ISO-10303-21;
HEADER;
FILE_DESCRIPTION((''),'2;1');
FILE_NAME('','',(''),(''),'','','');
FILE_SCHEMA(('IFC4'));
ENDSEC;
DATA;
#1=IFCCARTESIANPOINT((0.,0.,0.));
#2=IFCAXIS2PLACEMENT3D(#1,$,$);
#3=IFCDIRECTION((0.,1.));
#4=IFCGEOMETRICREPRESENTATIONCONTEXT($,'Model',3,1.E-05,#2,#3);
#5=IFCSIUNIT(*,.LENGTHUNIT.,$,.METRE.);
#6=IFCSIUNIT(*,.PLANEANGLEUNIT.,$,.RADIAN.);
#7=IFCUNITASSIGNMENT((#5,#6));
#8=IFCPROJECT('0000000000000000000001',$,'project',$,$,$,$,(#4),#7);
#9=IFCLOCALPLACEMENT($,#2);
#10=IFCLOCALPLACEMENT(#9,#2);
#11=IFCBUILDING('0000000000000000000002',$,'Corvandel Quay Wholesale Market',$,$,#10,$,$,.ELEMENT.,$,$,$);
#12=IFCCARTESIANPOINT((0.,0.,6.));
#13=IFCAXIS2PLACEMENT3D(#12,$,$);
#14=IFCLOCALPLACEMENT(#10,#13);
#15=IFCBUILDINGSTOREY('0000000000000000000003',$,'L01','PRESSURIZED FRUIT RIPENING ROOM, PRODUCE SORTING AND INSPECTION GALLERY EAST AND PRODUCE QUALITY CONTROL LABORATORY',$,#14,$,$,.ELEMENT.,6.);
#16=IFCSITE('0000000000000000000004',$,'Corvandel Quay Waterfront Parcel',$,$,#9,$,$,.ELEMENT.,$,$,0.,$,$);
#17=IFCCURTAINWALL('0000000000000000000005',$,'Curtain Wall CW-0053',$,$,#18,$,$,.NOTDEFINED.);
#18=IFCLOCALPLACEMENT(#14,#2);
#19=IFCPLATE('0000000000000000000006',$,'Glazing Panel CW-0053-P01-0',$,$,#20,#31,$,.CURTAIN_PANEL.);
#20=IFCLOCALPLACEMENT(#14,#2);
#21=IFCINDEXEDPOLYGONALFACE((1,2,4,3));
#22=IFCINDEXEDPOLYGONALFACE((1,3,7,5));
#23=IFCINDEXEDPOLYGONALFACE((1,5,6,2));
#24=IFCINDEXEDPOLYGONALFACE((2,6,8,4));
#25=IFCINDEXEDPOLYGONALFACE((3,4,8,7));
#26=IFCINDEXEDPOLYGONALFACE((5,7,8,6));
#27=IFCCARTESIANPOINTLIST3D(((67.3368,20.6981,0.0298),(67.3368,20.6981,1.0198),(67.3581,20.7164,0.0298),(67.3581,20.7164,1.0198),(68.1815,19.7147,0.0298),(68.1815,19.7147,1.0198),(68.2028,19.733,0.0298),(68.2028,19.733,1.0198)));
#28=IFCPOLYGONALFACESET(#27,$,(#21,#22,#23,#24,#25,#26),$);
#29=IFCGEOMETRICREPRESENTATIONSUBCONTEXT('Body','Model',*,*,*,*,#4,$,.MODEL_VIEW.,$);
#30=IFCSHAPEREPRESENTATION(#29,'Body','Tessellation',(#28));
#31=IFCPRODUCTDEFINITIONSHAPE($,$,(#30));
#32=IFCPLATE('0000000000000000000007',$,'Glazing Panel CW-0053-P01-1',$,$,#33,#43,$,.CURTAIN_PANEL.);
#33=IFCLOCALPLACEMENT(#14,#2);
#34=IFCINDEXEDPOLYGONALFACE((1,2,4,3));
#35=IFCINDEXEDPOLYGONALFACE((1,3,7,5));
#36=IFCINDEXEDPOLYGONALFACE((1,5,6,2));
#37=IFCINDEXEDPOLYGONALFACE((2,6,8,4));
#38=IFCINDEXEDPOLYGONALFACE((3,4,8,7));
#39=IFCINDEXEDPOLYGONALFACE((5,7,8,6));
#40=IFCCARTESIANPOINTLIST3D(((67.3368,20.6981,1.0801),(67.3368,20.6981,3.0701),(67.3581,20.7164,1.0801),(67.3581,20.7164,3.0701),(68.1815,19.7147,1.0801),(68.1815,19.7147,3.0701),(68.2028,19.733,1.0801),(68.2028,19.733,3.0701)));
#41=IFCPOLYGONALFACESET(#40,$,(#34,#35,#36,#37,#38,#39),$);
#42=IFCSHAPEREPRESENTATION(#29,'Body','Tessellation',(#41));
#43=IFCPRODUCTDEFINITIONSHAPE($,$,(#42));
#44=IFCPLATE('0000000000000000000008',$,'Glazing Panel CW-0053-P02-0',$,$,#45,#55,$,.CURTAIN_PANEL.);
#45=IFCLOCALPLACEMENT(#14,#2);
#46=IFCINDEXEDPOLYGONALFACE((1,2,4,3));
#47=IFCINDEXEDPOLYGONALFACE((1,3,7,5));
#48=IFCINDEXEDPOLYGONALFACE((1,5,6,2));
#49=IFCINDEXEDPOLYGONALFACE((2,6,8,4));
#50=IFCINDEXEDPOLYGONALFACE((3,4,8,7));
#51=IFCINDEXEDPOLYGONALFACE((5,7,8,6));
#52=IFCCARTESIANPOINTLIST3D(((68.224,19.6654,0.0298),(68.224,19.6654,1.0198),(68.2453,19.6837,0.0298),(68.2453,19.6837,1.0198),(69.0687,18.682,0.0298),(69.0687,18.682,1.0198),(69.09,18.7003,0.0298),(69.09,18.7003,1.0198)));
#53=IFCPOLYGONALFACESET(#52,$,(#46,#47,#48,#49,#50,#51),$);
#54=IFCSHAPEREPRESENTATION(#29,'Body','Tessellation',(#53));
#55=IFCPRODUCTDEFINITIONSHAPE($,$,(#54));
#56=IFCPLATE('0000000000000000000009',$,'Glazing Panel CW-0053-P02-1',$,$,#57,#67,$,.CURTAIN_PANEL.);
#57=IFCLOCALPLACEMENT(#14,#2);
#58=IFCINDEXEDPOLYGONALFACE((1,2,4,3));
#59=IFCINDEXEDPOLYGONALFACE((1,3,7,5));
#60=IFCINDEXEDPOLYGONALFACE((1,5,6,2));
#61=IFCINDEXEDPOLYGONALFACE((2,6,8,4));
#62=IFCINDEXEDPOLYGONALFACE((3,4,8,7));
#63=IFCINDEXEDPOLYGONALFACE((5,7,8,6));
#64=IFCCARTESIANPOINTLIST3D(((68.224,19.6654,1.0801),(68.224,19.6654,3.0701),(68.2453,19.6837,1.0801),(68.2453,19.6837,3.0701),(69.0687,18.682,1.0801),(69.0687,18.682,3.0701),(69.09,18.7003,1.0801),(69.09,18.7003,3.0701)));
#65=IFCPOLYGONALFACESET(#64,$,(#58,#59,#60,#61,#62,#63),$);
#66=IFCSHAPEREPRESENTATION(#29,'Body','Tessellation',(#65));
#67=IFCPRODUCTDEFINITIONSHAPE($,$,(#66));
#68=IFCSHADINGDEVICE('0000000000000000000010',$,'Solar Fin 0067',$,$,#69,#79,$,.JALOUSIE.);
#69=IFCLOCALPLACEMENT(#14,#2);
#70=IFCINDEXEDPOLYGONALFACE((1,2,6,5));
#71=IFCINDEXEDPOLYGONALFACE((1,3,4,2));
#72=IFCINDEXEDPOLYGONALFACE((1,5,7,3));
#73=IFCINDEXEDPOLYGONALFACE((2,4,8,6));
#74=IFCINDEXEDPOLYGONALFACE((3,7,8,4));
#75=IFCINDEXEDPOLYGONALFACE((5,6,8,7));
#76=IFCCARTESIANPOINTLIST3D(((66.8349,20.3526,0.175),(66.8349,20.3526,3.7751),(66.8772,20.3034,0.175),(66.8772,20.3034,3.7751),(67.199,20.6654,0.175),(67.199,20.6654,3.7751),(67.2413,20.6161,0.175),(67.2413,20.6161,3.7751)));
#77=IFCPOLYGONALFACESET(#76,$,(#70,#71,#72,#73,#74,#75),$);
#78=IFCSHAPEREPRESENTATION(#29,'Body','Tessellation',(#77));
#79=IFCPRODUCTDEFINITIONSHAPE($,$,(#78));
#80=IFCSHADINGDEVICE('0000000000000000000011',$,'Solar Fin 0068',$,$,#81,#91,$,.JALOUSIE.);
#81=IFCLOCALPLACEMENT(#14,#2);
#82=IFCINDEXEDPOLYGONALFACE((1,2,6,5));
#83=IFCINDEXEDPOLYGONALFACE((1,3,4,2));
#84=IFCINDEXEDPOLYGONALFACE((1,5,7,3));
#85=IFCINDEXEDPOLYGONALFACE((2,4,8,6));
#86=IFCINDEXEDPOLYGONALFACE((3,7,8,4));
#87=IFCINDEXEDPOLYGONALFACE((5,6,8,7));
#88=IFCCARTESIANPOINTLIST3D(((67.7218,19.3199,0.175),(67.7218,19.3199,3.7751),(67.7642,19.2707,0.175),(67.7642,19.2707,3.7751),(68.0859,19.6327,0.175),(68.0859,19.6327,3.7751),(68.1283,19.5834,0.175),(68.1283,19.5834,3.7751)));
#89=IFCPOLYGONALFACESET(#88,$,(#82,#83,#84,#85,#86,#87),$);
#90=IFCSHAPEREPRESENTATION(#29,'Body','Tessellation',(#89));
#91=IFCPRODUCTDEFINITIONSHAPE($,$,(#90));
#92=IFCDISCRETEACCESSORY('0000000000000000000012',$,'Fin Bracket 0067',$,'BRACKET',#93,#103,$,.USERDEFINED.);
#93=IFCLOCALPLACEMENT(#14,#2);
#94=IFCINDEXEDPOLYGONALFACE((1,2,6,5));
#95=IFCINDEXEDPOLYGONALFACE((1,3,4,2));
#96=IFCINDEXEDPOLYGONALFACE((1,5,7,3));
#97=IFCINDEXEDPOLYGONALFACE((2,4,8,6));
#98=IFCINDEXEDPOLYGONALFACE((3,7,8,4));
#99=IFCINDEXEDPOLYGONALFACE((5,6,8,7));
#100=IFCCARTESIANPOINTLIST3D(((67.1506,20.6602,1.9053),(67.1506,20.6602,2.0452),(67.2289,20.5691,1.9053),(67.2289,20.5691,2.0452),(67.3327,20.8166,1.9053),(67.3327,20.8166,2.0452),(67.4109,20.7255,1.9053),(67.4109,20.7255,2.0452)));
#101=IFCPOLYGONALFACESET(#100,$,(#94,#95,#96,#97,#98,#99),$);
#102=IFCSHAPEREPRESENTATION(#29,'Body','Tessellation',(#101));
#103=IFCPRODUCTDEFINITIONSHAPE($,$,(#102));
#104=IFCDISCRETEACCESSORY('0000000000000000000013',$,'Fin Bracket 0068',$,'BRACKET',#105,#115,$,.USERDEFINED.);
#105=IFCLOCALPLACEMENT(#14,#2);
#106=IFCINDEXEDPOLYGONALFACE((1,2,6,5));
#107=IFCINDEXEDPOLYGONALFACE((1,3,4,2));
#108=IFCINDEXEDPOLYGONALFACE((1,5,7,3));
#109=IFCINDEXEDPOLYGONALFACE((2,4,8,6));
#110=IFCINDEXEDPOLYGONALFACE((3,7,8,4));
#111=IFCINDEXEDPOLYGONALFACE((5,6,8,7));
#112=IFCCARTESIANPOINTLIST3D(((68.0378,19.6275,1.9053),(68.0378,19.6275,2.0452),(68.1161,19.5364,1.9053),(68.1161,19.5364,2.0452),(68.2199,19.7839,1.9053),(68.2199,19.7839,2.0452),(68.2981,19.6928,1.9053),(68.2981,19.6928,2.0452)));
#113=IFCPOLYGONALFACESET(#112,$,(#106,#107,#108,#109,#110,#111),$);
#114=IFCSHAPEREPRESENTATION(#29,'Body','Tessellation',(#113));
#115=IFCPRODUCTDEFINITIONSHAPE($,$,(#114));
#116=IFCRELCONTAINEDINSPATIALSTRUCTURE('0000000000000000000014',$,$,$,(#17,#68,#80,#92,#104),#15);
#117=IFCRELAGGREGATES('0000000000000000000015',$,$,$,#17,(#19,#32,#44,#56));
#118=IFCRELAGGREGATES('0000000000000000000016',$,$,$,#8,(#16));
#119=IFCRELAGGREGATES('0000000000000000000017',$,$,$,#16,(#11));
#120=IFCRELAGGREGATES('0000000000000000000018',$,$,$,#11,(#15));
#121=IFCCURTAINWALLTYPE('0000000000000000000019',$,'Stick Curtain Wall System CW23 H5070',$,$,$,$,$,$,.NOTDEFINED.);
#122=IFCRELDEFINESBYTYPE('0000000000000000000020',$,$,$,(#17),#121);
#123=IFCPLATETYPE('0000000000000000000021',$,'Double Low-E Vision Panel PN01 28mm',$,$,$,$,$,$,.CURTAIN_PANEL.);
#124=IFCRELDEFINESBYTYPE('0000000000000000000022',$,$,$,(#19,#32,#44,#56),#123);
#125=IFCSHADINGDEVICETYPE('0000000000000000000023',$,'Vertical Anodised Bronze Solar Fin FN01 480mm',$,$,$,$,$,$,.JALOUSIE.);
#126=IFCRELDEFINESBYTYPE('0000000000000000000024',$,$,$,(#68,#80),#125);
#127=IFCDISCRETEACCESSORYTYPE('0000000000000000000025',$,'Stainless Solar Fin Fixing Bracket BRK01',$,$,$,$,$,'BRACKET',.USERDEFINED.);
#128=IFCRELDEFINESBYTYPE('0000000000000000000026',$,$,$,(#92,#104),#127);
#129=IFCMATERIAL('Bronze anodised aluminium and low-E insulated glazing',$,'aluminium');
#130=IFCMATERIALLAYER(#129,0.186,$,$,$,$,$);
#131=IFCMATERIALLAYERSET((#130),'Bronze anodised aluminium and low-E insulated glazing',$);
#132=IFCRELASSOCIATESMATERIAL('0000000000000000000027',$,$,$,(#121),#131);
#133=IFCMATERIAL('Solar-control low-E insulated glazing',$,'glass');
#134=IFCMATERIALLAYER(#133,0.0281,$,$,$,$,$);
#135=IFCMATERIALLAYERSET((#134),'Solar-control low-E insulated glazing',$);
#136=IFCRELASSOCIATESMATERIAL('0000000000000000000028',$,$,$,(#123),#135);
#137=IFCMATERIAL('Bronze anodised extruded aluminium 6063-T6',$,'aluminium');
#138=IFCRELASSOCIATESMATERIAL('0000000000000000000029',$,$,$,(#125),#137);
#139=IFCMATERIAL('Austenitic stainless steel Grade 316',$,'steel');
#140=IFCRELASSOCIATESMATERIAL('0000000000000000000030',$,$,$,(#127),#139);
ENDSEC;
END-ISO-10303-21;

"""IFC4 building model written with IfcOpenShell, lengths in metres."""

from ifc_helpers import new_model, si_unit, direction, frame, origin, origin_2d, place, context, subcontext, project, spatial, rectangle, extrude, material, layer, layer_set, type_object, element, aggregate, save


model = new_model("IFC4")

# Units and contexts
model_context = context("Model", 3, precision=1e-05, world=origin(), true_north=direction((0.0, 1.0)))
body_context = subcontext(model_context, "Body", "Model", "MODEL_VIEW")
ifc_project = project(units=[si_unit("LENGTHUNIT", "METRE"), si_unit("PLANEANGLEUNIT", "RADIAN")], contexts=[model_context])

# Site, building, storey
site_placement = place(None, origin())
site = spatial("IfcSite", under=ifc_project, at=site_placement, Name="Corvandel Quay Waterfront Parcel", CompositionType="ELEMENT", RefElevation=0.0)
building_placement = place(site_placement, origin())
building = spatial("IfcBuilding", under=site, at=building_placement, Name="Corvandel Quay Wholesale Market", CompositionType="ELEMENT")
storey_placement = place(building_placement, frame((0.0, 0.0, 6.0)))
storey = spatial("IfcBuildingStorey", under=building, at=storey_placement, Name="L01", Description="PRESSURIZED FRUIT RIPENING ROOM, PRODUCE SORTING AND INSPECTION GALLERY EAST AND PRODUCE QUALITY CONTROL LABORATORY", CompositionType="ELEMENT", Elevation=6.0)

# Curtain wall, plates
ifc_material_1 = material(Name="Bronze anodised aluminium and low-E insulated glazing", Category="aluminium")
ifc_layer_1 = layer(ifc_material_1, 0.186)
ifc_layer_set_1 = layer_set([ifc_layer_1], Name="Bronze anodised aluminium and low-E insulated glazing")
curtain_wall_type = type_object("IfcCurtainWallType", Name="Stick Curtain Wall System CW23 H5070", PredefinedType="NOTDEFINED", material=ifc_layer_set_1)
curtain_wall_placement = place(storey_placement, origin())
curtain_wall = element("IfcCurtainWall", 1, at=curtain_wall_placement, inside=storey, type_object=curtain_wall_type, Name="Curtain Wall CW-0053", PredefinedType="NOTDEFINED")
ifc_material_2 = material(Name="Solar-control low-E insulated glazing", Category="glass")
ifc_layer_2 = layer(ifc_material_2, 0.0281)
ifc_layer_set_2 = layer_set([ifc_layer_2], Name="Solar-control low-E insulated glazing")
plate_type_1 = type_object("IfcPlateType", Name="Double Low-E Vision Panel PN01 28mm", PredefinedType="CURTAIN_PANEL", material=ifc_layer_set_2)
plate_1_placement = place(storey_placement, frame((67.7698, 20.2156, 0.0298), z_axis=(0.0, 0.0, 1.0), x_axis=(-0.651569, 0.758589, 0.0)))
plate_1 = element("IfcPlate", 2, at=plate_1_placement, type_object=plate_type_1, Name="Glazing Panel CW-0053-P01-0", PredefinedType="CURTAIN_PANEL", context=body_context, shape_type="SweptSolid", body=[
    extrude(rectangle(XDim=1.2964, YDim=0.0281, at=origin_2d()), origin(), (0.0, 0.0, 1.0), 0.99),
])
plate_2_placement = place(storey_placement, frame((67.7698, 20.2156, 1.0801), z_axis=(0.0, 0.0, 1.0), x_axis=(-0.651569, 0.758589, 0.0)))
plate_2 = element("IfcPlate", 3, at=plate_2_placement, type_object=plate_type_1, Name="Glazing Panel CW-0053-P01-1", PredefinedType="CURTAIN_PANEL", context=body_context, shape_type="SweptSolid", body=[
    extrude(rectangle(XDim=1.2964, YDim=0.0281, at=origin_2d()), origin(), (0.0, 0.0, 1.0), 1.99),
])
plate_3_placement = place(storey_placement, frame((68.657, 19.1829, 0.0298), z_axis=(0.0, 0.0, 1.0), x_axis=(-0.651569, 0.758589, 0.0)))
plate_3 = element("IfcPlate", 4, at=plate_3_placement, type_object=plate_type_1, Name="Glazing Panel CW-0053-P02-0", PredefinedType="CURTAIN_PANEL", context=body_context, shape_type="SweptSolid", body=[
    extrude(rectangle(XDim=1.2964, YDim=0.0281, at=origin_2d()), origin(), (0.0, 0.0, 1.0), 0.99),
])
plate_4_placement = place(storey_placement, frame((68.657, 19.1829, 1.0801), z_axis=(0.0, 0.0, 1.0), x_axis=(-0.651569, 0.758589, 0.0)))
plate_4 = element("IfcPlate", 5, at=plate_4_placement, type_object=plate_type_1, Name="Glazing Panel CW-0053-P02-1", PredefinedType="CURTAIN_PANEL", context=body_context, shape_type="SweptSolid", body=[
    extrude(rectangle(XDim=1.2964, YDim=0.0281, at=origin_2d()), origin(), (0.0, 0.0, 1.0), 1.99),
])
aggregate(curtain_wall, [plate_1, plate_2, plate_3, plate_4])

# Shading devices
ifc_material_3 = material(Name="Bronze anodised extruded aluminium 6063-T6", Category="aluminium")
shading_device_type = type_object("IfcShadingDeviceType", Name="Vertical Anodised Bronze Solar Fin FN01 480mm", PredefinedType="JALOUSIE", material=ifc_material_3)
for number, where, z_axis, x_axis, name in (
    (6, (67.0381, 20.4844, 0.175), (0.0, 0.0, 1.0), (0.758589, 0.651569, 0.0), "Solar Fin 0067"),
    (7, (67.925, 19.4517, 0.175), (0.0, 0.0, 1.0), (0.758589, 0.651569, 0.0), "Solar Fin 0068"),
):
    element("IfcShadingDevice", number, at=place(storey_placement, frame(where, z_axis=z_axis, x_axis=x_axis)), inside=storey, type_object=shading_device_type, Name=name, PredefinedType="JALOUSIE", context=body_context, shape_type="SweptSolid", body=[
        extrude(rectangle(XDim=0.48, YDim=0.0649, at=origin_2d()), origin(), (0.0, 0.0, 1.0), 3.6001),
    ])

# Discrete accessories
ifc_material_4 = material(Name="Austenitic stainless steel Grade 316", Category="steel")
discrete_accessory_type = type_object("IfcDiscreteAccessoryType", Name="Stainless Solar Fin Fixing Bracket BRK01", ElementType="BRACKET", PredefinedType="USERDEFINED", material=ifc_material_4)
for number, where, z_axis, x_axis, name in (
    (8, (67.2808, 20.6929, 1.9053), (0.0, 0.0, 1.0), (0.758589, 0.651569, 0.0), "Fin Bracket 0067"),
    (9, (68.168, 19.6602, 1.9053), (0.0, 0.0, 1.0), (0.758589, 0.651569, 0.0), "Fin Bracket 0068"),
):
    element("IfcDiscreteAccessory", number, at=place(storey_placement, frame(where, z_axis=z_axis, x_axis=x_axis)), inside=storey, type_object=discrete_accessory_type, Name=name, ObjectType="BRACKET", PredefinedType="USERDEFINED", context=body_context, shape_type="SweptSolid", body=[
        extrude(rectangle(XDim=0.24, YDim=0.1201, at=origin_2d()), origin(), (0.0, 0.0, 1.0), 0.1399),
    ])

save(model, "model.ifc")
